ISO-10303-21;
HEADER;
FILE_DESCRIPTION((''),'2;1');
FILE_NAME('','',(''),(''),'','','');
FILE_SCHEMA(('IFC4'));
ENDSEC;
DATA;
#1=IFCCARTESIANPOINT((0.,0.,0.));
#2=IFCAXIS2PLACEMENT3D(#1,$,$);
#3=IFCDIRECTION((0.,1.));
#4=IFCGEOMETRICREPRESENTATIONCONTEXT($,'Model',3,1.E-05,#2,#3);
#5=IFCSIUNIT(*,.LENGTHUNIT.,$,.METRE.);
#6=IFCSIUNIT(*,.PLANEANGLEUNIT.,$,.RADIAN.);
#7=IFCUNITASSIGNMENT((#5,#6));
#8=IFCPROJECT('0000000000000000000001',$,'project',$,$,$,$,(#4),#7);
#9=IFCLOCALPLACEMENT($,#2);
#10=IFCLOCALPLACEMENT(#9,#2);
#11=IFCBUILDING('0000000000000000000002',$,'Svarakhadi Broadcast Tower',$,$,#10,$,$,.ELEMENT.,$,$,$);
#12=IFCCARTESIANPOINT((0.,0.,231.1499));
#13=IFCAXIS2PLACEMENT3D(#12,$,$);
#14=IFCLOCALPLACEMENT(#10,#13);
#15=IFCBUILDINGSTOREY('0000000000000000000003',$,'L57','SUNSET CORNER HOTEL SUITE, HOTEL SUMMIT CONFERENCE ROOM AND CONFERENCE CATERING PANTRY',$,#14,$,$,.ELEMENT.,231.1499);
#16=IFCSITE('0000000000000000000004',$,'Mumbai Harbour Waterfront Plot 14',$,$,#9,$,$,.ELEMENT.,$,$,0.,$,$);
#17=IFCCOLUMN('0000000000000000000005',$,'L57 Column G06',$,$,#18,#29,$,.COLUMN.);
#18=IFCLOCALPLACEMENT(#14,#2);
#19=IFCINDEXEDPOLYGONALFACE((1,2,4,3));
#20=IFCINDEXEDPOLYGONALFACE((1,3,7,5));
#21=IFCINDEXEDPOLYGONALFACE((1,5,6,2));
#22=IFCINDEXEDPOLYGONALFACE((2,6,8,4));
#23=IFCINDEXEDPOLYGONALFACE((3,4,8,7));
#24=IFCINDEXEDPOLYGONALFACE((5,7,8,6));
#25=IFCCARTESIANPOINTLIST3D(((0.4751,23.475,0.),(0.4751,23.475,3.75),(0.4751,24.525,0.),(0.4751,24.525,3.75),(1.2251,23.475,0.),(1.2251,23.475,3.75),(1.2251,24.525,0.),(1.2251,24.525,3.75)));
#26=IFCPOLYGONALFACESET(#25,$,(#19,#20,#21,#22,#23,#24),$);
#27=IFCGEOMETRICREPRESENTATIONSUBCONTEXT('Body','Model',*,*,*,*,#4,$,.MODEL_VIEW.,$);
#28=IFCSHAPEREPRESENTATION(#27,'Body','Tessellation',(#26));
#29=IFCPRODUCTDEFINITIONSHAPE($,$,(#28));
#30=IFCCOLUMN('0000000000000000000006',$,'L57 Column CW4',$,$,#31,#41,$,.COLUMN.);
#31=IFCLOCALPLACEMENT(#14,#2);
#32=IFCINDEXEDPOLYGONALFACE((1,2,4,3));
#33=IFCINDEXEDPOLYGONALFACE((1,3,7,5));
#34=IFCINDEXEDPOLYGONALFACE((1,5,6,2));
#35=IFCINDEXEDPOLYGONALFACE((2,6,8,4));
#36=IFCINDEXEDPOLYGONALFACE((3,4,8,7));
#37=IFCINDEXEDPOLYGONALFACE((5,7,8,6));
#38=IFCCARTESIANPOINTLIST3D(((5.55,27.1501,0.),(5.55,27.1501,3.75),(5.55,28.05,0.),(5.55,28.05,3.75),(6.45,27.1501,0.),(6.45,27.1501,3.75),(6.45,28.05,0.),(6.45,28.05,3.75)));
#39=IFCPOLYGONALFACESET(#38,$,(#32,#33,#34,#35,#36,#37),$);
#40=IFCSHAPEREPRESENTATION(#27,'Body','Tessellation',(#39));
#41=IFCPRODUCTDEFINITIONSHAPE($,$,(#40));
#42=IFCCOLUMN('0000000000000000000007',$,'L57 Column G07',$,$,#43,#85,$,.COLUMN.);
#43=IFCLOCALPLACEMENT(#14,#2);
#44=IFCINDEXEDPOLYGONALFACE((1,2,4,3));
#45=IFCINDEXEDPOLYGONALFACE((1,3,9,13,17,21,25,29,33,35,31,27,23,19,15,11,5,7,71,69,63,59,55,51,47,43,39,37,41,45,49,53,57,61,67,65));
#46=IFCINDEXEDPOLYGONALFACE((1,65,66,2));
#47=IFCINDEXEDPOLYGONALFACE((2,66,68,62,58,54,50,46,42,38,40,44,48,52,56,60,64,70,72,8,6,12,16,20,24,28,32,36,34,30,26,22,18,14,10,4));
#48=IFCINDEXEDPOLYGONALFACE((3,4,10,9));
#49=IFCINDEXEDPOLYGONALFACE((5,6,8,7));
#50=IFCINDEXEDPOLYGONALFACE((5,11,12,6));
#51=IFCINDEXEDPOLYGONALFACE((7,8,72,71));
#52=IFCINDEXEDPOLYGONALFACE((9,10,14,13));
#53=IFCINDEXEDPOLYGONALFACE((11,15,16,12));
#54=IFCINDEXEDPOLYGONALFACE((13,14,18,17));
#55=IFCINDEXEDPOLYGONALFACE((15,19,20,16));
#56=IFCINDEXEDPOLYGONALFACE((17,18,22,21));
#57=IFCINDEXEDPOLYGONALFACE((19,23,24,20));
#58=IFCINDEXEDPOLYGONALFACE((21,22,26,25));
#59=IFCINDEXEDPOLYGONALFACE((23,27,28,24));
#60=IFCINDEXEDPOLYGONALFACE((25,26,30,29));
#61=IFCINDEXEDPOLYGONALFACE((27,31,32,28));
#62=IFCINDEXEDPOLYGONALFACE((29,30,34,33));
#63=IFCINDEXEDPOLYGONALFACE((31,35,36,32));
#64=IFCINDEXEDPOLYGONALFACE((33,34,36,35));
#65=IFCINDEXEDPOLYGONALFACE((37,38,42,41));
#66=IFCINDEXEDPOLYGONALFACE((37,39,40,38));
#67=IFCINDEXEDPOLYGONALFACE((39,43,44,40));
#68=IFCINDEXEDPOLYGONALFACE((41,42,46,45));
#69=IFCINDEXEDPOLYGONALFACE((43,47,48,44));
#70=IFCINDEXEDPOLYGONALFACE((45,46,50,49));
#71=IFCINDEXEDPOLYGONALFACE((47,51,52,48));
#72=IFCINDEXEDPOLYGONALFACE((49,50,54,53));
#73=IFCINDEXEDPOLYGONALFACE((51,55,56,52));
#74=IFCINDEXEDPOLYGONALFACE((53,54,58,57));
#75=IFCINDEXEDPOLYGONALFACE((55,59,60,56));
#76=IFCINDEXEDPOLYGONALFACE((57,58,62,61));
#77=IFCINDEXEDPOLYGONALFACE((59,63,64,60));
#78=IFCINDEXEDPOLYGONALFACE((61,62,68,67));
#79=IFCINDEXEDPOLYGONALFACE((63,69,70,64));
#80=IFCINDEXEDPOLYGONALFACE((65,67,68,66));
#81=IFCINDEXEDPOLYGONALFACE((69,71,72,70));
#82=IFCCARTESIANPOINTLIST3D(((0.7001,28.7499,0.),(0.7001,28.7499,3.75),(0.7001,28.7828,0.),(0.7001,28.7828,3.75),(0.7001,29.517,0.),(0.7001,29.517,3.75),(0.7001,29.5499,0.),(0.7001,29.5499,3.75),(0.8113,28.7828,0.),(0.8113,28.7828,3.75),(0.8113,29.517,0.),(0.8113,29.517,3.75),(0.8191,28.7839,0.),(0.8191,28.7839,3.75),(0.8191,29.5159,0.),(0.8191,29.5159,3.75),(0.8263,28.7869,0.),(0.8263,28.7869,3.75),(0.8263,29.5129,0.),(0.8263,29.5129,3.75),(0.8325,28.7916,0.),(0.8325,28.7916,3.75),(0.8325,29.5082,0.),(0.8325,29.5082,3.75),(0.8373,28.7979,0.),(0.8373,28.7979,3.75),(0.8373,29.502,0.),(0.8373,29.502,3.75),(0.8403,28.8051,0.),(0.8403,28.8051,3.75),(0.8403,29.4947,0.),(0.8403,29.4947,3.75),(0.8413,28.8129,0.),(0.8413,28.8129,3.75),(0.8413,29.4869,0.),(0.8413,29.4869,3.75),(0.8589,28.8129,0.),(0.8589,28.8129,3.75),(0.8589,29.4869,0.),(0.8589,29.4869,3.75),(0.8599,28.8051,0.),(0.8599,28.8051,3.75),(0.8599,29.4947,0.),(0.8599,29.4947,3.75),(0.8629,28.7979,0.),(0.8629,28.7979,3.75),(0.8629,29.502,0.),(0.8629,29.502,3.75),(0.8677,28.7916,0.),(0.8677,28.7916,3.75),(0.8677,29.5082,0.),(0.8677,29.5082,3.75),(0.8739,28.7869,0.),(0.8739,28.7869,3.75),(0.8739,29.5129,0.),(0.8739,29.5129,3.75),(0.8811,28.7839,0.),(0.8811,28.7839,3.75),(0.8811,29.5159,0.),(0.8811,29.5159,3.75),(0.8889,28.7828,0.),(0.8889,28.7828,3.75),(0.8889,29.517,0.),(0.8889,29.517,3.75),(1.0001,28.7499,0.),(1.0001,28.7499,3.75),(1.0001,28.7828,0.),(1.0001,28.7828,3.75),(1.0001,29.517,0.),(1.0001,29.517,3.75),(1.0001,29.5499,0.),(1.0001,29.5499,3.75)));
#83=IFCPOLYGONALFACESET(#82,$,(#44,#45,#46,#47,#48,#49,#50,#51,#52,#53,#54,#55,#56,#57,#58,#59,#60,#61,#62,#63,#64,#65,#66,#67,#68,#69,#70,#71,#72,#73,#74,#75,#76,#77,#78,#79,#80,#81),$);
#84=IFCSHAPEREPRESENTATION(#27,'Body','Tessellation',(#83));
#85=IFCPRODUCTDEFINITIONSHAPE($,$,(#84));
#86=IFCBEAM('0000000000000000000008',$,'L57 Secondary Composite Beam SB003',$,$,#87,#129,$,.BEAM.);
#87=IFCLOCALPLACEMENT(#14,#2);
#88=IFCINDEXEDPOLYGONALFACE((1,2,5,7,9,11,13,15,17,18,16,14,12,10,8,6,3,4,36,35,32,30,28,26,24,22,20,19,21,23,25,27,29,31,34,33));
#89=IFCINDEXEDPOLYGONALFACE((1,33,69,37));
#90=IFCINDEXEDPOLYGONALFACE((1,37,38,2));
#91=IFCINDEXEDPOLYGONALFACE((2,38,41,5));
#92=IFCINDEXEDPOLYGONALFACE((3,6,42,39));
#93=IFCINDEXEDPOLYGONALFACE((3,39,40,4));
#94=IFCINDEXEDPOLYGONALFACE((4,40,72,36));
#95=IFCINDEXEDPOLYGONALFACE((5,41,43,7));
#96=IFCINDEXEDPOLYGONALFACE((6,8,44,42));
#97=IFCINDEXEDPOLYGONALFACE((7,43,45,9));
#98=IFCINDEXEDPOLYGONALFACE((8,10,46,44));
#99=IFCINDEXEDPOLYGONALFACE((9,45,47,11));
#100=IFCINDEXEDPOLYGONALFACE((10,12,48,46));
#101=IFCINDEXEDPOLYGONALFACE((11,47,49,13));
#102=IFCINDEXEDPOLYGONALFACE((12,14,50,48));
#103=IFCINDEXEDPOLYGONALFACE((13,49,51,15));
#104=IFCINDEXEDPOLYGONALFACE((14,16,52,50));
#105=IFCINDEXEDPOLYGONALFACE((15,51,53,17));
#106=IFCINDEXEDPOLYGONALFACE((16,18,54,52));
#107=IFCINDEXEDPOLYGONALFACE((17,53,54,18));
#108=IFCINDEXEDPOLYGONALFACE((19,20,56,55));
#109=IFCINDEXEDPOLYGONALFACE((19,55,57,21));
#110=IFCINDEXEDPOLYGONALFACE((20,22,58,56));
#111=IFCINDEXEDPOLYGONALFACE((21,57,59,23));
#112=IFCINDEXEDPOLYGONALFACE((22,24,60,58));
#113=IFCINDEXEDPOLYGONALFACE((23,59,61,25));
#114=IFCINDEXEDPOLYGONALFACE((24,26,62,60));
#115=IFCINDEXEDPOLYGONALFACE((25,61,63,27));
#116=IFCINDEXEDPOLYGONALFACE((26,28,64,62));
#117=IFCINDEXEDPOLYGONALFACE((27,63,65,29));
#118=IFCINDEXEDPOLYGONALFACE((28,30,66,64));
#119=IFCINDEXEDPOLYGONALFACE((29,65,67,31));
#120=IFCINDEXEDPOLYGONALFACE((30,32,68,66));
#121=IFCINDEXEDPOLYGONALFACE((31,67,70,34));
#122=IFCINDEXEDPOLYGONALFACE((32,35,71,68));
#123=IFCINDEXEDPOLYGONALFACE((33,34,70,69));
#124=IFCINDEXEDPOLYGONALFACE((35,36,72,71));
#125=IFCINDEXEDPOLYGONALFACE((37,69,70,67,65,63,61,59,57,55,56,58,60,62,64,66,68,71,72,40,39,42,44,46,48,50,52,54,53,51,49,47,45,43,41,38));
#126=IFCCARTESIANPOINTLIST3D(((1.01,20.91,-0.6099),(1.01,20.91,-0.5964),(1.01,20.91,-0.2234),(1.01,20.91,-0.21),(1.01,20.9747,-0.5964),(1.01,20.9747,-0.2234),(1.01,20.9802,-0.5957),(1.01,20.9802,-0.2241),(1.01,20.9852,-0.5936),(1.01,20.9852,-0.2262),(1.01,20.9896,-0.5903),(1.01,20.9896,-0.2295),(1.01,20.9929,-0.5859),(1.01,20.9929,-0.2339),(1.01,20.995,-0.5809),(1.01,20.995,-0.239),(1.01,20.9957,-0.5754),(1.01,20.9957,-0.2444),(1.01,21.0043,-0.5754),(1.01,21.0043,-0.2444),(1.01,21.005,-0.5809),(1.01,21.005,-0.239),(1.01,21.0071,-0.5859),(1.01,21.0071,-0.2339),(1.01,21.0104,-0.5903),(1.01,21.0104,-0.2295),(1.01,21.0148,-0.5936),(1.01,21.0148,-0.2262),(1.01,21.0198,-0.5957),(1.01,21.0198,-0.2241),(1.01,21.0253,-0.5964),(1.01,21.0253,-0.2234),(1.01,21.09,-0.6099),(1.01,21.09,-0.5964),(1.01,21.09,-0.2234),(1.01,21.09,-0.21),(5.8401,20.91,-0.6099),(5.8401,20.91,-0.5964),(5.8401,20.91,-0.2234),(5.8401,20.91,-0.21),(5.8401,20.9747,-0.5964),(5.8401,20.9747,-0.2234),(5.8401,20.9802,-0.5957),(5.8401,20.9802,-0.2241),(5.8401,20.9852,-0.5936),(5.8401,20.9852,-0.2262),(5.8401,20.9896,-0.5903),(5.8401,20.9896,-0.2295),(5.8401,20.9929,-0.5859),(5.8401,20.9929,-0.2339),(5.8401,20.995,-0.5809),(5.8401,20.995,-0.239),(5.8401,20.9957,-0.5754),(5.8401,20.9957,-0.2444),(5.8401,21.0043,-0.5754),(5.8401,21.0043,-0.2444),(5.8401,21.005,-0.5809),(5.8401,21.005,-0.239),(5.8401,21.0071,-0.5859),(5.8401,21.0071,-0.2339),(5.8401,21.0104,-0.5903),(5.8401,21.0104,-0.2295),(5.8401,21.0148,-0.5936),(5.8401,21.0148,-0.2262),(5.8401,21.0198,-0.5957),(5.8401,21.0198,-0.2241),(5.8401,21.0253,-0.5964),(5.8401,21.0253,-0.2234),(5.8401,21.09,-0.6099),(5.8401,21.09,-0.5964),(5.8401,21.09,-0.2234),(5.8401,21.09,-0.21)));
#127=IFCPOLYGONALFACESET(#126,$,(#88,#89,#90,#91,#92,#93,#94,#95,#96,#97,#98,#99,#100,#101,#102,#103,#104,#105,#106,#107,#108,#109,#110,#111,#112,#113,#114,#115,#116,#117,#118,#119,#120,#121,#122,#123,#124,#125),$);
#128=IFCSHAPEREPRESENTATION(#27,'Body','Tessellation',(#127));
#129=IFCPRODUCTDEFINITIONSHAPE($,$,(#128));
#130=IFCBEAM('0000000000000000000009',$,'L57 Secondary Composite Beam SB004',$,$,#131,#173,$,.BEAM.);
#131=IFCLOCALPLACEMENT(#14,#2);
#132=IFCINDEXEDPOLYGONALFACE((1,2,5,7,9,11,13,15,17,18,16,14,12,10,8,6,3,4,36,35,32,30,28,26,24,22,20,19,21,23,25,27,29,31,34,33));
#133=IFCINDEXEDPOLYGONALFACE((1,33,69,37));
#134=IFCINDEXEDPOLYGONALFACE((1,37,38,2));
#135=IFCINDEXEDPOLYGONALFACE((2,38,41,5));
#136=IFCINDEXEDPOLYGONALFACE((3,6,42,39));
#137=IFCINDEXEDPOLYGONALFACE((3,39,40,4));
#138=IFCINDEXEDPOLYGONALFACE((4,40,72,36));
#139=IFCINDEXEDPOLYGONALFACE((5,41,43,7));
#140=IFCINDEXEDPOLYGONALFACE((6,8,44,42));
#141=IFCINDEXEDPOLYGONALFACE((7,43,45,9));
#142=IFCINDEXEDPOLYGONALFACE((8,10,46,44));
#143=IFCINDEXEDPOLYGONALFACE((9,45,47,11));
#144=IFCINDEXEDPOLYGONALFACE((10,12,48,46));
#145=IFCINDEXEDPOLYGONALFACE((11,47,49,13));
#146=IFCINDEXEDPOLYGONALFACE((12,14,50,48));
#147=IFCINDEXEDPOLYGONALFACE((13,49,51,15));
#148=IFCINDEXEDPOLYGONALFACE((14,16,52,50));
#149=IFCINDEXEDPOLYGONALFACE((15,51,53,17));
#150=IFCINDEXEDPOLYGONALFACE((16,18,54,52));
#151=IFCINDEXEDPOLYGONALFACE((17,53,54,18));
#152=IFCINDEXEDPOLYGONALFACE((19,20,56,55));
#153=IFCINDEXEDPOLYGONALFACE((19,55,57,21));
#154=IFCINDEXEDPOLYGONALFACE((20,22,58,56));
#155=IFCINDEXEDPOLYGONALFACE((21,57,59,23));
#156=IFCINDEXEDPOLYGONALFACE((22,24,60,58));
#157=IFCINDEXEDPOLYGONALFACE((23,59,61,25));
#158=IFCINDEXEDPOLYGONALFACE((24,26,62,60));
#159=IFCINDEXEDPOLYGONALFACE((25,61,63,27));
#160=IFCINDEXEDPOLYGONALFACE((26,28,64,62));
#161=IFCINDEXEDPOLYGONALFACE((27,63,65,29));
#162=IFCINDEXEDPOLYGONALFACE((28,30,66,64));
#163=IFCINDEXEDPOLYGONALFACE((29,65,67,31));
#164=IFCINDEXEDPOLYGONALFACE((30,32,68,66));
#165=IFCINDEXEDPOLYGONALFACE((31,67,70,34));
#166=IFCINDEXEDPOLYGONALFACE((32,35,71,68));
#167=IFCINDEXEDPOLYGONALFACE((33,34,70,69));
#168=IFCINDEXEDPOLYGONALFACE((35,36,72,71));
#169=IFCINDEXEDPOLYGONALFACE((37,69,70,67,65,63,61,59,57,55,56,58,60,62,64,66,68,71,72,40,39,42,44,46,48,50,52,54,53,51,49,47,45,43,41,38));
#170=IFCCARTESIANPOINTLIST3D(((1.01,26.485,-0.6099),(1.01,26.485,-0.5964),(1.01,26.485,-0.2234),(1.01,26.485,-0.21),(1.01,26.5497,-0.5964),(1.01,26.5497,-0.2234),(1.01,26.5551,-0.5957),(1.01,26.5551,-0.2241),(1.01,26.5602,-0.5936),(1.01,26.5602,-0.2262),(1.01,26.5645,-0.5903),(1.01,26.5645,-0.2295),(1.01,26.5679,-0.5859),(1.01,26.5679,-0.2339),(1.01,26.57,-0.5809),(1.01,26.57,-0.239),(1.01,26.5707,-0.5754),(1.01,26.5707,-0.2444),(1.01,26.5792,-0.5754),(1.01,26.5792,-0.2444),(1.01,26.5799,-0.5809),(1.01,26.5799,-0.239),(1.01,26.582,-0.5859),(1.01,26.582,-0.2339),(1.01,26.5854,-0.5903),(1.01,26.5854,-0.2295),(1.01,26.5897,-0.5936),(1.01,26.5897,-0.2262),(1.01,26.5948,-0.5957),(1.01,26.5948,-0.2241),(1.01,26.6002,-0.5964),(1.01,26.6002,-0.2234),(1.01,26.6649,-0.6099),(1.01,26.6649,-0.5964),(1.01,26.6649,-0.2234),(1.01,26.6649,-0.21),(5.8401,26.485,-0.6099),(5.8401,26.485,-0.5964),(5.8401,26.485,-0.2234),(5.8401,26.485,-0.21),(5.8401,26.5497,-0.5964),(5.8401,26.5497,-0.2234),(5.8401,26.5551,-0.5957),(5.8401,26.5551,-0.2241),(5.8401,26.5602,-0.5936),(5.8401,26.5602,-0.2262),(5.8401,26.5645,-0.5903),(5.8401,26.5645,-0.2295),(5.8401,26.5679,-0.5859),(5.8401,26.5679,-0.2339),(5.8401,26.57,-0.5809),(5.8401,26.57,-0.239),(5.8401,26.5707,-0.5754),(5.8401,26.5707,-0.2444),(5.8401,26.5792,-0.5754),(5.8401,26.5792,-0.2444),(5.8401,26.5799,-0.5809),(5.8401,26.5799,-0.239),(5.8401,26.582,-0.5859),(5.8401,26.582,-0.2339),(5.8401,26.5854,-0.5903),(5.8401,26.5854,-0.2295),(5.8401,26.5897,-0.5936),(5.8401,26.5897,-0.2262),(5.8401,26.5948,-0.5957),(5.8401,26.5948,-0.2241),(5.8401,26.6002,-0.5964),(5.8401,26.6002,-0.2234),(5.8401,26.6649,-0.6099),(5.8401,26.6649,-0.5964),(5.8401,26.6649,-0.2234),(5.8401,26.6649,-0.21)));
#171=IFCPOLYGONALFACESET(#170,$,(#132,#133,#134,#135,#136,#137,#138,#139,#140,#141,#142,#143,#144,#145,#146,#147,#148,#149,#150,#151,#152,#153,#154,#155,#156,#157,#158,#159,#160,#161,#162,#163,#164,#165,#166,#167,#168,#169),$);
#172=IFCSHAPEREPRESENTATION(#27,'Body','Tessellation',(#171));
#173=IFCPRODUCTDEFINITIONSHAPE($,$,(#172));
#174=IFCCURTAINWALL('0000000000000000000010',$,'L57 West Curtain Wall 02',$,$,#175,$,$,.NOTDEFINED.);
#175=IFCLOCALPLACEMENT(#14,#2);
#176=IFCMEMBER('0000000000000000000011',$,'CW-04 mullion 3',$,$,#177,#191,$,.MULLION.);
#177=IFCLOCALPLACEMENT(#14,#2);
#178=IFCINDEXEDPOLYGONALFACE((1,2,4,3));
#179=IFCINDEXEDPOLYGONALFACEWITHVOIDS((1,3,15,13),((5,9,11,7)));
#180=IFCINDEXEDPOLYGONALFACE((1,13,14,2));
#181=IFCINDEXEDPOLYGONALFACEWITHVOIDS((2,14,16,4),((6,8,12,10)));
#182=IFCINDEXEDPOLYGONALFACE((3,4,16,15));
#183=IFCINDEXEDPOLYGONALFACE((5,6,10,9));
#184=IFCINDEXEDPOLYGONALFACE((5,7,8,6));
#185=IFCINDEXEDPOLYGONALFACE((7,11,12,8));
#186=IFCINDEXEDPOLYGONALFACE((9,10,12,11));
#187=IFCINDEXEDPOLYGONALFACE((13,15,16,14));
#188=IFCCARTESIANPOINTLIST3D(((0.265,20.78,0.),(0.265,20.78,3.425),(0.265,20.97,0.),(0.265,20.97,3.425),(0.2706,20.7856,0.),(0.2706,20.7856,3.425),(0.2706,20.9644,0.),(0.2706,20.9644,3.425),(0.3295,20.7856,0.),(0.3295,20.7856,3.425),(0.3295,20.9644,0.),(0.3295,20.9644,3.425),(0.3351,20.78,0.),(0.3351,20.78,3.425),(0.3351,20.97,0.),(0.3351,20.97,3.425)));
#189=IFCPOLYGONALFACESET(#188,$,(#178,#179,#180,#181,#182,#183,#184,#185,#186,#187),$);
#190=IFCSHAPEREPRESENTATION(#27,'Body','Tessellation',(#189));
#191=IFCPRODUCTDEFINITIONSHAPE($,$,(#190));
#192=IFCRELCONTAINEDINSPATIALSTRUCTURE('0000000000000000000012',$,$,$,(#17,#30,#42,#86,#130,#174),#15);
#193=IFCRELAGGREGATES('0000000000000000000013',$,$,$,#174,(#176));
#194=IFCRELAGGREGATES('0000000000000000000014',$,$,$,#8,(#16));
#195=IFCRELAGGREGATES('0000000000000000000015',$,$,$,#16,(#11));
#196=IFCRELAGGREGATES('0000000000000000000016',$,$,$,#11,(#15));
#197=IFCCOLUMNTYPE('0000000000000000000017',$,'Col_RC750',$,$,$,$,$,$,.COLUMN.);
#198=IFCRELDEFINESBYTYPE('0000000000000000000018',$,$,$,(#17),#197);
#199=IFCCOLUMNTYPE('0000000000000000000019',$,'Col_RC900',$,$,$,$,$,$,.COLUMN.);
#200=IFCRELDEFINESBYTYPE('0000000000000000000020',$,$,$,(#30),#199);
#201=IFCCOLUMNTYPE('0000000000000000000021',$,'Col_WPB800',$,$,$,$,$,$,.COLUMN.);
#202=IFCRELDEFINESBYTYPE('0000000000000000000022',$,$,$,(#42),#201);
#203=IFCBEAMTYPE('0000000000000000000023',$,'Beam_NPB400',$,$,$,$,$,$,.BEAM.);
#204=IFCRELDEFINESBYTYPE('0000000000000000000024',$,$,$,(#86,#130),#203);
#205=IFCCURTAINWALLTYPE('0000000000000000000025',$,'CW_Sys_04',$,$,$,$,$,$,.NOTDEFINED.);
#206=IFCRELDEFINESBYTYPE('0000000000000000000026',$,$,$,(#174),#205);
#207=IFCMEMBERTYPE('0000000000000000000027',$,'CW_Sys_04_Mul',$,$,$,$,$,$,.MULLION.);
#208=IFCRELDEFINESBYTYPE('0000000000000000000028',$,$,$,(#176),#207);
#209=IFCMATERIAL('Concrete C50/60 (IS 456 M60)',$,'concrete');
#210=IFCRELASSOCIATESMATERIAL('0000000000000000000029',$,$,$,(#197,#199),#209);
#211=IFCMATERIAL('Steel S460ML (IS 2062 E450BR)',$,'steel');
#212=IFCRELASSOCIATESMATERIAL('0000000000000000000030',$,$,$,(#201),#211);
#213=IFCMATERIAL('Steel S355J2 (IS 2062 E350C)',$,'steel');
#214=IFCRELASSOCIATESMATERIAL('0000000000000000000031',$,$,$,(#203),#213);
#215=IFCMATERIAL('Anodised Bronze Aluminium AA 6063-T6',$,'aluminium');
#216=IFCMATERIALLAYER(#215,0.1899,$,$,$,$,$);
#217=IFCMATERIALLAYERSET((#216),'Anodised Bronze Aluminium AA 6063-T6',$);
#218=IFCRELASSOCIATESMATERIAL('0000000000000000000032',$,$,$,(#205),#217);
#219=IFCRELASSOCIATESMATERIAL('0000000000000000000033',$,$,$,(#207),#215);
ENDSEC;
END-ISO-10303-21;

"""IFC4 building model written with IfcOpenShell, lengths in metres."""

from ifc_helpers import new_model, si_unit, direction, frame, origin, origin_2d, place, context, subcontext, project, spatial, rectangle, hollow_rectangle, i_section, extrude, material, layer, layer_set, material_profile, profile_set, type_object, element, aggregate, save


model = new_model("IFC4")

# Units and contexts
model_context = context("Model", 3, precision=1e-05, world=origin(), true_north=direction((0.0, 1.0)))
body_context = subcontext(model_context, "Body", "Model", "MODEL_VIEW")
ifc_project = project(units=[si_unit("LENGTHUNIT", "METRE"), si_unit("PLANEANGLEUNIT", "RADIAN")], contexts=[model_context])

# Site, building, storey
site_placement = place(None, origin())
site = spatial("IfcSite", under=ifc_project, at=site_placement, Name="Mumbai Harbour Waterfront Plot 14", CompositionType="ELEMENT", RefElevation=0.0)
building_placement = place(site_placement, origin())
building = spatial("IfcBuilding", under=site, at=building_placement, Name="Svarakhadi Broadcast Tower", CompositionType="ELEMENT")
storey_placement = place(building_placement, frame((0.0, 0.0, 231.1499)))
storey = spatial("IfcBuildingStorey", under=building, at=storey_placement, Name="L57", Description="SUNSET CORNER HOTEL SUITE, HOTEL SUMMIT CONFERENCE ROOM AND CONFERENCE CATERING PANTRY", CompositionType="ELEMENT", Elevation=231.1499)

# Columns
ifc_material_1 = material(Name="Concrete C50/60 (IS 456 M60)", Category="concrete")
ifc_material_profile_1 = material_profile(ifc_material_1, rectangle(XDim=0.75, YDim=1.05, at=origin_2d()), Name="RC 750x1050")
ifc_profile_set_1 = profile_set([ifc_material_profile_1], Name="Concrete C50/60 (IS 456 M60)")
column_type_1 = type_object("IfcColumnType", Name="Col_RC750", PredefinedType="COLUMN", material=ifc_profile_set_1)
column_1_placement = place(storey_placement, frame((0.8501, 24.0, 0.0), z_axis=(0.0, 0.0, 1.0), x_axis=(1.0, 0.0, 0.0)))
element("IfcColumn", 1, at=column_1_placement, inside=storey, type_object=column_type_1, Name="L57 Column G06", PredefinedType="COLUMN", context=body_context, shape_type="SweptSolid", body=[
    extrude(rectangle(XDim=0.75, YDim=1.05, at=origin_2d()), origin(), (0.0, 0.0, 1.0), 3.75),
])
ifc_material_profile_2 = material_profile(ifc_material_1, rectangle(XDim=0.8999, YDim=0.8999, at=origin_2d()), Name="RC 900x900")
ifc_profile_set_2 = profile_set([ifc_material_profile_2], Name="Concrete C50/60 (IS 456 M60)")
column_type_2 = type_object("IfcColumnType", Name="Col_RC900", PredefinedType="COLUMN", material=ifc_profile_set_2)
column_2_placement = place(storey_placement, frame((6.0, 27.6001, 0.0), z_axis=(0.0, 0.0, 1.0), x_axis=(1.0, 0.0, 0.0)))
element("IfcColumn", 2, at=column_2_placement, inside=storey, type_object=column_type_2, Name="L57 Column CW4", PredefinedType="COLUMN", context=body_context, shape_type="SweptSolid", body=[
    extrude(rectangle(XDim=0.8999, YDim=0.8999, at=origin_2d()), origin(), (0.0, 0.0, 1.0), 3.75),
])
ifc_material_2 = material(Name="Steel S460ML (IS 2062 E450BR)", Category="steel")
ifc_material_profile_3 = material_profile(ifc_material_2, i_section(OverallWidth=0.3, OverallDepth=0.8, WebThickness=0.0176, FlangeThickness=0.033, FilletRadius=0.03, at=origin_2d()), Name="WPB 800x300x262")
ifc_profile_set_3 = profile_set([ifc_material_profile_3], Name="Steel S460ML (IS 2062 E450BR)")
column_type_3 = type_object("IfcColumnType", Name="Col_WPB800", PredefinedType="COLUMN", material=ifc_profile_set_3)
column_3_placement = place(storey_placement, frame((0.8501, 29.1499, 0.0), z_axis=(0.0, 0.0, 1.0), x_axis=(1.0, 0.0, 0.0)))
element("IfcColumn", 3, at=column_3_placement, inside=storey, type_object=column_type_3, Name="L57 Column G07", PredefinedType="COLUMN", context=body_context, shape_type="SweptSolid", body=[
    extrude(i_section(OverallWidth=0.3, OverallDepth=0.8, WebThickness=0.0176, FlangeThickness=0.033, FilletRadius=0.03, at=origin_2d()), origin(), (0.0, 0.0, 1.0), 3.75),
])

# Beams
ifc_material_3 = material(Name="Steel S355J2 (IS 2062 E350C)", Category="steel")
ifc_material_profile_4 = material_profile(ifc_material_3, i_section(OverallWidth=0.1799, OverallDepth=0.3999, WebThickness=0.0085, FlangeThickness=0.0134, FilletRadius=0.021, at=origin_2d()), Name="NPB 400x180x66")
ifc_profile_set_4 = profile_set([ifc_material_profile_4], Name="Steel S355J2 (IS 2062 E350C)")
beam_type_1 = type_object("IfcBeamType", Name="Beam_NPB400", PredefinedType="BEAM", material=ifc_profile_set_4)
for number, where, z_axis, x_axis, name in (
    (4, (1.01, 21.0, -0.4099), (1.0, 0.0, 0.0), (0.0, 1.0, 0.0), "L57 Secondary Composite Beam SB003"),
    (5, (1.01, 26.575, -0.4099), (1.0, 0.0, 0.0), (0.0, 1.0, 0.0), "L57 Secondary Composite Beam SB004"),
):
    element("IfcBeam", number, at=place(storey_placement, frame(where, z_axis=z_axis, x_axis=x_axis)), inside=storey, type_object=beam_type_1, Name=name, PredefinedType="BEAM", context=body_context, shape_type="SweptSolid", body=[
        extrude(i_section(OverallWidth=0.1799, OverallDepth=0.3999, WebThickness=0.0085, FlangeThickness=0.0134, FilletRadius=0.021, at=origin_2d()), origin(), (0.0, 0.0, 1.0), 4.8301),
    ])

# Curtain wall, member
ifc_material_4 = material(Name="Anodised Bronze Aluminium AA 6063-T6", Category="aluminium")
ifc_layer_1 = layer(ifc_material_4, 0.1899)
ifc_layer_set_1 = layer_set([ifc_layer_1], Name="Anodised Bronze Aluminium AA 6063-T6")
curtain_wall_type = type_object("IfcCurtainWallType", Name="CW_Sys_04", PredefinedType="NOTDEFINED", material=ifc_layer_set_1)
curtain_wall_placement = place(storey_placement, origin())
curtain_wall = element("IfcCurtainWall", 6, at=curtain_wall_placement, inside=storey, type_object=curtain_wall_type, Name="L57 West Curtain Wall 02", PredefinedType="NOTDEFINED")
ifc_material_profile_5 = material_profile(ifc_material_4, hollow_rectangle(XDim=0.0701, YDim=0.1899, WallThickness=0.0056, at=origin_2d()), Name="ALU MULLION 190x70x6")
ifc_profile_set_5 = profile_set([ifc_material_profile_5], Name="Anodised Bronze Aluminium AA 6063-T6")
member_type = type_object("IfcMemberType", Name="CW_Sys_04_Mul", PredefinedType="MULLION", material=ifc_profile_set_5)
member_placement = place(storey_placement, frame((0.3, 20.875, 0.0), z_axis=(0.0, 0.0, 1.0), x_axis=(-1.0, 0.0, 0.0)))
member = element("IfcMember", 7, at=member_placement, type_object=member_type, Name="CW-04 mullion 3", PredefinedType="MULLION", context=body_context, shape_type="SweptSolid", body=[
    extrude(hollow_rectangle(XDim=0.0701, YDim=0.1899, WallThickness=0.0056, at=origin_2d()), origin(), (0.0, 0.0, 1.0), 3.425),
])
aggregate(curtain_wall, [member])

save(model, "model.ifc")
